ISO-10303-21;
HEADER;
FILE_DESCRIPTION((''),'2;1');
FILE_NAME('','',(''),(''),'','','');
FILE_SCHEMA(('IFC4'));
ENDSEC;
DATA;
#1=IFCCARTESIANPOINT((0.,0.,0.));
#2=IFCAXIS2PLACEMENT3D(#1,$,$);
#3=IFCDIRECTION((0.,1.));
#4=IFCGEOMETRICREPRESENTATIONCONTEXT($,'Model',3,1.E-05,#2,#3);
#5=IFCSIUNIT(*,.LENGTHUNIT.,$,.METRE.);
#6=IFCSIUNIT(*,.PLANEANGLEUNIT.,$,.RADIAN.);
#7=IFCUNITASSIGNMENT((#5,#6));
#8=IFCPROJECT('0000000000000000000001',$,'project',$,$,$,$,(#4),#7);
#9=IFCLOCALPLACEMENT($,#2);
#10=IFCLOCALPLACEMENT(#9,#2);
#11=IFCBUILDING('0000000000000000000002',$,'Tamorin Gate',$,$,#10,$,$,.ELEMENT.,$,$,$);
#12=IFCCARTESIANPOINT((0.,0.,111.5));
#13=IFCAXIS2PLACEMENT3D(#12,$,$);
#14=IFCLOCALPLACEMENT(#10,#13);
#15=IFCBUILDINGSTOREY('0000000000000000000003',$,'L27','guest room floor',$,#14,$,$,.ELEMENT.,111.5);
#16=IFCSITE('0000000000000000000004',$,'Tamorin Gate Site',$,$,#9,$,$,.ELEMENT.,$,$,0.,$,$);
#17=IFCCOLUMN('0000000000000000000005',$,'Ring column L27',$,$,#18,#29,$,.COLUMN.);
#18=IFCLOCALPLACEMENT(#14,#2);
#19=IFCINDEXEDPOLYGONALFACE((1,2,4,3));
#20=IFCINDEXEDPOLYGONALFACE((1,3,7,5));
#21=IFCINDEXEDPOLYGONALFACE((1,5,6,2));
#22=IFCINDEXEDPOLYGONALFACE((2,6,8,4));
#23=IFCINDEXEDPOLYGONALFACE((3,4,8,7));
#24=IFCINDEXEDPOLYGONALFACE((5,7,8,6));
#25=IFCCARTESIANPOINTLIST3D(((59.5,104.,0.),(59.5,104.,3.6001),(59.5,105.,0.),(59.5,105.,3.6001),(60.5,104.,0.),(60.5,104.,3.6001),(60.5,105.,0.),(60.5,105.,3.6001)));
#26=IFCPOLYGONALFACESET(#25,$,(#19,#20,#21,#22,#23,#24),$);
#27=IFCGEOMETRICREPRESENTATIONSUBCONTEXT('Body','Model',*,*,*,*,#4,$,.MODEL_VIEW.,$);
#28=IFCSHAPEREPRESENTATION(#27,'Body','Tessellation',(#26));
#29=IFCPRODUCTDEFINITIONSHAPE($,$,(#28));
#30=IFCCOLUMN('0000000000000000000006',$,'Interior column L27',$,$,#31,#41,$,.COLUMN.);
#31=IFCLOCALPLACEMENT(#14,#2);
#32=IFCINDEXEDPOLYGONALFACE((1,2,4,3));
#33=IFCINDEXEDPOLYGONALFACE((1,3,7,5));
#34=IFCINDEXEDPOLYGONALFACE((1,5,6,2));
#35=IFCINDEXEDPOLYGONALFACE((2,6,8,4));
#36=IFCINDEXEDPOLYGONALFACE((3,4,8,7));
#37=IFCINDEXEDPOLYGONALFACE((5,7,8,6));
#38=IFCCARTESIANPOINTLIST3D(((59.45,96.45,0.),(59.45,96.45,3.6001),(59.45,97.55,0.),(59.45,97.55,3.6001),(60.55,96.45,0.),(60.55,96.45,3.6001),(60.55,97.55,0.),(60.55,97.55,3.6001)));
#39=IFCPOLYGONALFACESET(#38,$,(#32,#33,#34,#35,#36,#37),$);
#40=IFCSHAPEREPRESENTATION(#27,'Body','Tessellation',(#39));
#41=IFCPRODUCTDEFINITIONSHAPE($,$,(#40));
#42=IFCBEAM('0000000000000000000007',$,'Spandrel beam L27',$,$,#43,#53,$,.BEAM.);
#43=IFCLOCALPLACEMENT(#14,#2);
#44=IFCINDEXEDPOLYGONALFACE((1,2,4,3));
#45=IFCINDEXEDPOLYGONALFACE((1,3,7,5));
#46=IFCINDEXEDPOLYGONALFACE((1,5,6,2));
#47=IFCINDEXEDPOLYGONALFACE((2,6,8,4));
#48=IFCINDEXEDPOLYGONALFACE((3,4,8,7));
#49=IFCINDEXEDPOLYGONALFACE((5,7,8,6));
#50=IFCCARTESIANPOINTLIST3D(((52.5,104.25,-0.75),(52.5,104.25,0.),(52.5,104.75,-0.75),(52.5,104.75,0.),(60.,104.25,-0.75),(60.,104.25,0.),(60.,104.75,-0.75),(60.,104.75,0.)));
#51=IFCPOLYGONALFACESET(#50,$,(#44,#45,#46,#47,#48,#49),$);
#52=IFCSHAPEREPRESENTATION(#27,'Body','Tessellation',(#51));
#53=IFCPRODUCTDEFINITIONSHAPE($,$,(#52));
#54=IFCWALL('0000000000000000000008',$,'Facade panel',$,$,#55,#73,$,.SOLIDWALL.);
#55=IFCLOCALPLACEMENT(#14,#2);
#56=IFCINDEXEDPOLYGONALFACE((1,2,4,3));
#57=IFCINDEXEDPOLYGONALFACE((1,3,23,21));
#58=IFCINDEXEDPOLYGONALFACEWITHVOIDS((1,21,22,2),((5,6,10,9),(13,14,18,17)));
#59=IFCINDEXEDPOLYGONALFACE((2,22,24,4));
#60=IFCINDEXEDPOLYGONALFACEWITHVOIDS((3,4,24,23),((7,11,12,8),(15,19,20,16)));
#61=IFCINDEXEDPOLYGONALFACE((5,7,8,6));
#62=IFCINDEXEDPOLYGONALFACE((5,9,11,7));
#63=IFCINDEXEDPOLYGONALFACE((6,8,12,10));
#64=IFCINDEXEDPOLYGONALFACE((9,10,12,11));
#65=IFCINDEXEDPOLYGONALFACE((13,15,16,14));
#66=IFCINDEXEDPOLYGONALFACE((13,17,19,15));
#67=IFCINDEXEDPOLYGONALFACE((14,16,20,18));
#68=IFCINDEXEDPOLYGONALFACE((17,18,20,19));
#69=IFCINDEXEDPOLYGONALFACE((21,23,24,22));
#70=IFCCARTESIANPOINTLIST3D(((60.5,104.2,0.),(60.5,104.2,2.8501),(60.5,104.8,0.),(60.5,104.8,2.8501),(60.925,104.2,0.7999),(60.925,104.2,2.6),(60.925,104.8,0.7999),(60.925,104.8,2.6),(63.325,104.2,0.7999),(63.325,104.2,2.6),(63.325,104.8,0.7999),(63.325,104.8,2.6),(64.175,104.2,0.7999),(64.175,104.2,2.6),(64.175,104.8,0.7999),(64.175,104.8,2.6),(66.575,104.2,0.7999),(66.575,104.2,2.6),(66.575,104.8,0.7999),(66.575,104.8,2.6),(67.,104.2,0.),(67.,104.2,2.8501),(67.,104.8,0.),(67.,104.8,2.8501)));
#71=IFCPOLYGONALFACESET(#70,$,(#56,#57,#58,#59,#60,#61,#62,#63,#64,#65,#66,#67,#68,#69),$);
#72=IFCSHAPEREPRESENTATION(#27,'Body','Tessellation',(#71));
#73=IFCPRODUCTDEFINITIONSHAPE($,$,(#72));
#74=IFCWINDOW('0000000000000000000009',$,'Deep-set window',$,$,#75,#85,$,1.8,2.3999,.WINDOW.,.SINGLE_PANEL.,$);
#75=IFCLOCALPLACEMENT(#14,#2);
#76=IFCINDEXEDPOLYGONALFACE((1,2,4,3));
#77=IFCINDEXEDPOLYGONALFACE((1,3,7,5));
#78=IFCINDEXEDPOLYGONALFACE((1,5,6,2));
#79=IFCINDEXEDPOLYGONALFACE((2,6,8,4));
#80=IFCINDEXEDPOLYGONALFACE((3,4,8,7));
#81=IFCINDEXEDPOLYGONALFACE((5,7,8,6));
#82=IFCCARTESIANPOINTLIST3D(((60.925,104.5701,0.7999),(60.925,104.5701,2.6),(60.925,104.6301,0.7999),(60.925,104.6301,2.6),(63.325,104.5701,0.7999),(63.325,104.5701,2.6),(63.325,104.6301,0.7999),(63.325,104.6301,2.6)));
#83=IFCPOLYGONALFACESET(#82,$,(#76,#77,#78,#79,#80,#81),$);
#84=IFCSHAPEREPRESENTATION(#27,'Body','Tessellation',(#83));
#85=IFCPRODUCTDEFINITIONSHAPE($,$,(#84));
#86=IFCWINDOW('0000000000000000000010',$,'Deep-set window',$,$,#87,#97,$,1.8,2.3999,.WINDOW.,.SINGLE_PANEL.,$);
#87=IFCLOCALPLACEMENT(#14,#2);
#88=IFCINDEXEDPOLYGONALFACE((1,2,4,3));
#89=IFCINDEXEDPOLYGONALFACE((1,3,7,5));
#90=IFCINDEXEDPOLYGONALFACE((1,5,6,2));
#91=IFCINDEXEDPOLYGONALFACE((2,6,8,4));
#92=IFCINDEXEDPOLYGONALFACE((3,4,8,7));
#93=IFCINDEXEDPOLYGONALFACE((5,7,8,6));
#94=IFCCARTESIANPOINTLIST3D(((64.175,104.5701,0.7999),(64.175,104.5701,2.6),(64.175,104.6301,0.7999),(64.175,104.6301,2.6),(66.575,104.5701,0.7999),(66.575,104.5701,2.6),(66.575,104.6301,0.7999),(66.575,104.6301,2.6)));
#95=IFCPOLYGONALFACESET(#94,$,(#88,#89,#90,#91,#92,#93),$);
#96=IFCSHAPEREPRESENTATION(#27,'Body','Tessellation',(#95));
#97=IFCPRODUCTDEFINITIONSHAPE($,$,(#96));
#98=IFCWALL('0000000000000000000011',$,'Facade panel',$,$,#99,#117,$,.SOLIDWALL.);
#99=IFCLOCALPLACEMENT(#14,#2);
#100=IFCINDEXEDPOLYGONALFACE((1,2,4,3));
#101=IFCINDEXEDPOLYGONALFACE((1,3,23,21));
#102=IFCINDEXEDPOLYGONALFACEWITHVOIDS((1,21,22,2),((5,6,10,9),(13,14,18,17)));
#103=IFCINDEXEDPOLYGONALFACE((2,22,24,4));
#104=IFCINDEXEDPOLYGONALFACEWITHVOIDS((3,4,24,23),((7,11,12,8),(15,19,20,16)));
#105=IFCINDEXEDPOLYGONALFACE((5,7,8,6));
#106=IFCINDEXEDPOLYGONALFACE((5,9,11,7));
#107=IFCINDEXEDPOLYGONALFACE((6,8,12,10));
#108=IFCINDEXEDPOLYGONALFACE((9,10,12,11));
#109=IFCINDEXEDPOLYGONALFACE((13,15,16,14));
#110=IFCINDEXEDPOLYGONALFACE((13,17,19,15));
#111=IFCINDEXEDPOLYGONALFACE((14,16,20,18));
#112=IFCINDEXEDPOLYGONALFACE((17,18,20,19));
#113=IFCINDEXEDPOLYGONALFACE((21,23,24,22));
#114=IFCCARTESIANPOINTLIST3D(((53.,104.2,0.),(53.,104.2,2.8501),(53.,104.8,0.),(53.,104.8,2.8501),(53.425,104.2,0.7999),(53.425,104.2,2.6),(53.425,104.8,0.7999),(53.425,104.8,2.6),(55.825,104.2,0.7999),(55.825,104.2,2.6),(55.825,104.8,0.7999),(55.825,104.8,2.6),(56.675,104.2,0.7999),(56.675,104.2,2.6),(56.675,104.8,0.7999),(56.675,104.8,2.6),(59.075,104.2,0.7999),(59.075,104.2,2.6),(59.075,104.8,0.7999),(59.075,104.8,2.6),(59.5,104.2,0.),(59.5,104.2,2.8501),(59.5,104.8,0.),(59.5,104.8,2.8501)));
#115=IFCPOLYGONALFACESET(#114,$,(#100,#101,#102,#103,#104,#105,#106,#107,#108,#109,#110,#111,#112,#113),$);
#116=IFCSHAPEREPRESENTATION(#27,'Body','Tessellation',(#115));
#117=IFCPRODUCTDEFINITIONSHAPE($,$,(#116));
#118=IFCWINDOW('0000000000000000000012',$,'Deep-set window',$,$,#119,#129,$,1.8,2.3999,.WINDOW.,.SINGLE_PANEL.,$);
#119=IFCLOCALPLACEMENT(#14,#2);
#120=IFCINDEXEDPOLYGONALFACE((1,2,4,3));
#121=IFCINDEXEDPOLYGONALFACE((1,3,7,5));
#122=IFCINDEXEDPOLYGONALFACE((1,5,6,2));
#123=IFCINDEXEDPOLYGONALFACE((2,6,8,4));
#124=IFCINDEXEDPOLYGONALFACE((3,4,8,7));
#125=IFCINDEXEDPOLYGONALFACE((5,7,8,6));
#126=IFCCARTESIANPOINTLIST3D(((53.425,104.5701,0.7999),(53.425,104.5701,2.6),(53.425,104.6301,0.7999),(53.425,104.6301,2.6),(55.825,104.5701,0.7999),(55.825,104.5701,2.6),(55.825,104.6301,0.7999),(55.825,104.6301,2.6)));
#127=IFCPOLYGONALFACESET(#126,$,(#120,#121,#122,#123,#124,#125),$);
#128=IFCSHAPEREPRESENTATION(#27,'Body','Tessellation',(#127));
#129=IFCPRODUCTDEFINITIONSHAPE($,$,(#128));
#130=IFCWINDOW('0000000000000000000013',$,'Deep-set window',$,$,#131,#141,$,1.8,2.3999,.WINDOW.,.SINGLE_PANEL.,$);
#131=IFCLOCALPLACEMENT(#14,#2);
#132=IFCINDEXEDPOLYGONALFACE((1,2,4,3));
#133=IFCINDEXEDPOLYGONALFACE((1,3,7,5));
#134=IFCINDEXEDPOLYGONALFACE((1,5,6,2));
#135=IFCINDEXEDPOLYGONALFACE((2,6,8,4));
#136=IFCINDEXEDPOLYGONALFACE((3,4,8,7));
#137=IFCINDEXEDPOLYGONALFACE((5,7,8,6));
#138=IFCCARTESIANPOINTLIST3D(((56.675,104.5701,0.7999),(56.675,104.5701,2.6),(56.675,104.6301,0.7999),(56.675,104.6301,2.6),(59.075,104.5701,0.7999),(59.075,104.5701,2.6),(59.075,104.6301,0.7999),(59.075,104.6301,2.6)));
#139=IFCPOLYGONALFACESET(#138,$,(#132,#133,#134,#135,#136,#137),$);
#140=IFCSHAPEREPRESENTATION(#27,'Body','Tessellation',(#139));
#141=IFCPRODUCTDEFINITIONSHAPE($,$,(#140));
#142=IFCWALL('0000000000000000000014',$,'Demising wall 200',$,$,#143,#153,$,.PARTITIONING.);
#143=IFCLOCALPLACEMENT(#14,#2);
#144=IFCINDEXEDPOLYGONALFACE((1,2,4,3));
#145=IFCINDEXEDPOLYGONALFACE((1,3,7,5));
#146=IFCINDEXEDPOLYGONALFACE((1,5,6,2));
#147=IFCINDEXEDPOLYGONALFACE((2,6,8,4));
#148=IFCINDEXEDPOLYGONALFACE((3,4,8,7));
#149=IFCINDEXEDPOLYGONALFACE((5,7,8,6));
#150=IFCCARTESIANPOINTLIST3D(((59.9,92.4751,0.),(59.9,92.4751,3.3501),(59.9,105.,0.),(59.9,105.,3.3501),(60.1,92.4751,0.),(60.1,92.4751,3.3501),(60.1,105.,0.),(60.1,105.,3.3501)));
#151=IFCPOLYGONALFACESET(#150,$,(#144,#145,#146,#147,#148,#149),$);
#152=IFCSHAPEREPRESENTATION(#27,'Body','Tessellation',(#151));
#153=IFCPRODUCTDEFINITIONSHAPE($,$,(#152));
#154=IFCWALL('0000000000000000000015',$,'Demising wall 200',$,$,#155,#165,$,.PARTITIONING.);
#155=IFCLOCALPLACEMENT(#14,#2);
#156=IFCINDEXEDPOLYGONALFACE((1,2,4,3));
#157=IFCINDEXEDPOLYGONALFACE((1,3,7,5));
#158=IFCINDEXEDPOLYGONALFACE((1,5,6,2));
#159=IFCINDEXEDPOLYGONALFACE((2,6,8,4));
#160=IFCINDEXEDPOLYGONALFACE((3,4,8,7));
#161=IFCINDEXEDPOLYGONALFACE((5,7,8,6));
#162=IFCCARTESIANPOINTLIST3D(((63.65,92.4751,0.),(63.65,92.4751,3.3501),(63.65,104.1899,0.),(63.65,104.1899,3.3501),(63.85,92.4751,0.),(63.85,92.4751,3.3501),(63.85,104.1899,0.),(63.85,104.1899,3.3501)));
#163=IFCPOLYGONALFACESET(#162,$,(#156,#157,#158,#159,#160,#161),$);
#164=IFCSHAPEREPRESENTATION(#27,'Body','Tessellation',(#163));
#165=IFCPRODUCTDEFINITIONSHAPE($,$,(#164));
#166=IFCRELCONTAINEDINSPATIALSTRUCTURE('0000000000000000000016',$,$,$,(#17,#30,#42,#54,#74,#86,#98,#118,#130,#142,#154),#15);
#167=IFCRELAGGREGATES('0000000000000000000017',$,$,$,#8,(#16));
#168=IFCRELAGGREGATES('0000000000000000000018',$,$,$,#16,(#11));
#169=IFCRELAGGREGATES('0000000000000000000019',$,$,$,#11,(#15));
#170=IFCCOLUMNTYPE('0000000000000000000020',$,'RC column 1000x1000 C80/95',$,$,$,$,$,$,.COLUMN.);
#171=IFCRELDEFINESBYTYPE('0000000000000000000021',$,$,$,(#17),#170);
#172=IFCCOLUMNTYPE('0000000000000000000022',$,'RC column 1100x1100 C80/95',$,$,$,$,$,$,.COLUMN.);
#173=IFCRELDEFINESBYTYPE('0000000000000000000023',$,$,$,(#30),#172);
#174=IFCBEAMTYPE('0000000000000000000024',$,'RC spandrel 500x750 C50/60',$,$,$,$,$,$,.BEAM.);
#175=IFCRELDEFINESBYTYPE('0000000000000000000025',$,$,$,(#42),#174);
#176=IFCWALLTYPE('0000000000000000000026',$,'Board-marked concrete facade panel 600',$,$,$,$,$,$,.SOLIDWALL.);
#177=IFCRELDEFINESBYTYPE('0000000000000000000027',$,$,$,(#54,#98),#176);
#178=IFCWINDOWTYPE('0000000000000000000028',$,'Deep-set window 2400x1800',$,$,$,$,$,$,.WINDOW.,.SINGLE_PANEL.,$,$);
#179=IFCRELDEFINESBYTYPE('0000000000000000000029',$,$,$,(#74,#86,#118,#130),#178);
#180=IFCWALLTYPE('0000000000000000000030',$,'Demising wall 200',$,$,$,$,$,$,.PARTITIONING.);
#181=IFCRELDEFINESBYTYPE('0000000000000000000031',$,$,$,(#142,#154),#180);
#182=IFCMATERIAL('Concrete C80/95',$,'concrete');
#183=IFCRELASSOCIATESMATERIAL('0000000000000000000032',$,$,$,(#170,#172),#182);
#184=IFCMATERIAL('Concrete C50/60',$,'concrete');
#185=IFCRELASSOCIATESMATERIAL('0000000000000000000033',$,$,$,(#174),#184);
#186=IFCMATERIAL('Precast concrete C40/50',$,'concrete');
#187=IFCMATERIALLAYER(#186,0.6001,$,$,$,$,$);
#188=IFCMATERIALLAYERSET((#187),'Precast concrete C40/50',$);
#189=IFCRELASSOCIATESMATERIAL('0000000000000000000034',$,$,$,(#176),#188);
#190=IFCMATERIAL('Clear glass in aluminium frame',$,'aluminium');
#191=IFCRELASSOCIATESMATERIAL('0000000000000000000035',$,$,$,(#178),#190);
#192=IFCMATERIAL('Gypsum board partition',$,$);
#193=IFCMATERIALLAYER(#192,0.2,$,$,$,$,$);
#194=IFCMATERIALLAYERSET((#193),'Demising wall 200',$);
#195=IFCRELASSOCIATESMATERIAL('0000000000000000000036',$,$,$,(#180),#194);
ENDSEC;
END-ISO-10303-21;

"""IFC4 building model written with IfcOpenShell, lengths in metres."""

from ifc_helpers import new_model, si_unit, direction, frame, frame_2d, origin, origin_2d, place, context, subcontext, project, spatial, rectangle, extrude, material, layer, layer_set, material_profile, profile_set, type_object, element, fill, save


model = new_model("IFC4")

# Units and contexts
model_context = context("Model", 3, precision=1e-05, world=origin(), true_north=direction((0.0, 1.0)))
body_context = subcontext(model_context, "Body", "Model", "MODEL_VIEW")
ifc_project = project(units=[si_unit("LENGTHUNIT", "METRE"), si_unit("PLANEANGLEUNIT", "RADIAN")], contexts=[model_context])

# Site, building, storey
site_placement = place(None, origin())
site = spatial("IfcSite", under=ifc_project, at=site_placement, Name="Tamorin Gate Site", CompositionType="ELEMENT", RefElevation=0.0)
building_placement = place(site_placement, origin())
building = spatial("IfcBuilding", under=site, at=building_placement, Name="Tamorin Gate", CompositionType="ELEMENT")
storey_placement = place(building_placement, frame((0.0, 0.0, 111.5)))
storey = spatial("IfcBuildingStorey", under=building, at=storey_placement, Name="L27", Description="guest room floor", CompositionType="ELEMENT", Elevation=111.5)

# Columns
ifc_material_1 = material(Name="Concrete C80/95", Category="concrete")
ifc_material_profile_1 = material_profile(ifc_material_1, rectangle(XDim=1.0, YDim=1.0, at=origin_2d()), Name="RC 1000x1000")
ifc_profile_set_1 = profile_set([ifc_material_profile_1], Name="Concrete C80/95")
column_type_1 = type_object("IfcColumnType", Name="RC column 1000x1000 C80/95", PredefinedType="COLUMN", material=ifc_profile_set_1)
column_1_placement = place(storey_placement, frame((60.0, 104.5, 0.0), z_axis=(0.0, 0.0, 1.0), x_axis=(1.0, 0.0, 0.0)))
element("IfcColumn", 1, at=column_1_placement, inside=storey, type_object=column_type_1, Name="Ring column L27", PredefinedType="COLUMN", context=body_context, shape_type="SweptSolid", body=[
    extrude(rectangle(XDim=1.0, YDim=1.0, at=origin_2d()), origin(), (0.0, 0.0, 1.0), 3.6001),
])
ifc_material_profile_2 = material_profile(ifc_material_1, rectangle(XDim=1.1001, YDim=1.1001, at=origin_2d()), Name="RC 1100x1100")
ifc_profile_set_2 = profile_set([ifc_material_profile_2], Name="Concrete C80/95")
column_type_2 = type_object("IfcColumnType", Name="RC column 1100x1100 C80/95", PredefinedType="COLUMN", material=ifc_profile_set_2)
column_2_placement = place(storey_placement, frame((60.0, 97.0, 0.0), z_axis=(0.0, 0.0, 1.0), x_axis=(1.0, 0.0, 0.0)))
element("IfcColumn", 2, at=column_2_placement, inside=storey, type_object=column_type_2, Name="Interior column L27", PredefinedType="COLUMN", context=body_context, shape_type="SweptSolid", body=[
    extrude(rectangle(XDim=1.1001, YDim=1.1001, at=origin_2d()), origin(), (0.0, 0.0, 1.0), 3.6001),
])

# Beam
ifc_material_2 = material(Name="Concrete C50/60", Category="concrete")
ifc_material_profile_3 = material_profile(ifc_material_2, rectangle(XDim=0.5, YDim=0.75, at=origin_2d()), Name="RC 500x750")
ifc_profile_set_3 = profile_set([ifc_material_profile_3], Name="Concrete C50/60")
beam_type = type_object("IfcBeamType", Name="RC spandrel 500x750 C50/60", PredefinedType="BEAM", material=ifc_profile_set_3)
beam_placement = place(storey_placement, frame((60.0, 104.5, -0.375), z_axis=(-1.0, 0.0, 0.0), x_axis=(0.0, -1.0, 0.0)))
element("IfcBeam", 3, at=beam_placement, inside=storey, type_object=beam_type, Name="Spandrel beam L27", PredefinedType="BEAM", context=body_context, shape_type="SweptSolid", body=[
    extrude(rectangle(XDim=0.5, YDim=0.75, at=origin_2d()), origin(), (0.0, 0.0, 1.0), 7.5),
])

# Walls, openings, windows
ifc_material_3 = material(Name="Precast concrete C40/50", Category="concrete")
ifc_layer_1 = layer(ifc_material_3, 0.6001)
ifc_layer_set_1 = layer_set([ifc_layer_1], Name="Precast concrete C40/50")
wall_type_1 = type_object("IfcWallType", Name="Board-marked concrete facade panel 600", PredefinedType="SOLIDWALL", material=ifc_layer_set_1)
wall_1_placement = place(storey_placement, frame((67.0, 104.5, 0.0), z_axis=(0.0, 0.0, 1.0), x_axis=(-1.0, 0.0, 0.0)))
wall_1 = element("IfcWall", 4, at=wall_1_placement, inside=storey, type_object=wall_type_1, Name="Facade panel", PredefinedType="SOLIDWALL", context=body_context, shape_type="SweptSolid", body=[
    extrude(rectangle(XDim=6.5, YDim=0.6001, at=frame_2d((3.25, 0.0))), origin(), (0.0, 0.0, 1.0), 2.8501),
])
opening_1_placement = place(wall_1_placement, frame((3.675, 0.0, 0.8)))
opening_1 = element("IfcOpeningElement", 5, at=opening_1_placement, cuts=wall_1, PredefinedType="OPENING", context=body_context, shape_type="SweptSolid", body=[
    extrude(rectangle(XDim=2.3999, YDim=1.8, at=frame_2d((1.2, 0.8999))), frame((0.0, 0.3101, 0.0), z_axis=(0.0, -1.0, 0.0), x_axis=(1.0, 0.0, 0.0)), (0.0, 0.0, 1.0), 0.6201),
])
opening_2_placement = place(wall_1_placement, frame((0.425, 0.0, 0.8)))
opening_2 = element("IfcOpeningElement", 6, at=opening_2_placement, cuts=wall_1, PredefinedType="OPENING", context=body_context, shape_type="SweptSolid", body=[
    extrude(rectangle(XDim=2.3999, YDim=1.8, at=frame_2d((1.2, 0.8999))), frame((0.0, 0.3101, 0.0), z_axis=(0.0, -1.0, 0.0), x_axis=(1.0, 0.0, 0.0)), (0.0, 0.0, 1.0), 0.6201),
])
ifc_material_4 = material(Name="Clear glass in aluminium frame", Category="aluminium")
window_type = type_object("IfcWindowType", Name="Deep-set window 2400x1800", PartitioningType="SINGLE_PANEL", PredefinedType="WINDOW", material=ifc_material_4)
window_1_placement = place(opening_1_placement, origin())
window_1 = element("IfcWindow", 7, at=window_1_placement, inside=storey, type_object=window_type, Name="Deep-set window", OverallHeight=1.8, OverallWidth=2.3999, PartitioningType="SINGLE_PANEL", PredefinedType="WINDOW", context=body_context, shape_type="SweptSolid", body=[
    extrude(rectangle(XDim=2.3999, YDim=1.8, at=frame_2d((1.2, 0.8999))), frame((0.0, -0.0701, 0.0), z_axis=(0.0, -1.0, 0.0), x_axis=(1.0, 0.0, 0.0)), (0.0, 0.0, 1.0), 0.0601),
])
fill(opening_1, window_1)
window_2_placement = place(opening_2_placement, origin())
window_2 = element("IfcWindow", 8, at=window_2_placement, inside=storey, type_object=window_type, Name="Deep-set window", OverallHeight=1.8, OverallWidth=2.3999, PartitioningType="SINGLE_PANEL", PredefinedType="WINDOW", context=body_context, shape_type="SweptSolid", body=[
    extrude(rectangle(XDim=2.3999, YDim=1.8, at=frame_2d((1.2, 0.8999))), frame((0.0, -0.0701, 0.0), z_axis=(0.0, -1.0, 0.0), x_axis=(1.0, 0.0, 0.0)), (0.0, 0.0, 1.0), 0.0601),
])
fill(opening_2, window_2)
wall_2_placement = place(storey_placement, frame((59.5, 104.5, 0.0), z_axis=(0.0, 0.0, 1.0), x_axis=(-1.0, 0.0, 0.0)))
wall_2 = element("IfcWall", 9, at=wall_2_placement, inside=storey, type_object=wall_type_1, Name="Facade panel", PredefinedType="SOLIDWALL", context=body_context, shape_type="SweptSolid", body=[
    extrude(rectangle(XDim=6.5, YDim=0.6001, at=frame_2d((3.25, 0.0))), origin(), (0.0, 0.0, 1.0), 2.8501),
])
opening_3_placement = place(wall_2_placement, frame((3.675, 0.0, 0.8)))
opening_3 = element("IfcOpeningElement", 10, at=opening_3_placement, cuts=wall_2, PredefinedType="OPENING", context=body_context, shape_type="SweptSolid", body=[
    extrude(rectangle(XDim=2.3999, YDim=1.8, at=frame_2d((1.2, 0.8999))), frame((0.0, 0.3101, 0.0), z_axis=(0.0, -1.0, 0.0), x_axis=(1.0, 0.0, 0.0)), (0.0, 0.0, 1.0), 0.6201),
])
opening_4_placement = place(wall_2_placement, frame((0.425, 0.0, 0.8)))
opening_4 = element("IfcOpeningElement", 11, at=opening_4_placement, cuts=wall_2, PredefinedType="OPENING", context=body_context, shape_type="SweptSolid", body=[
    extrude(rectangle(XDim=2.3999, YDim=1.8, at=frame_2d((1.2, 0.8999))), frame((0.0, 0.3101, 0.0), z_axis=(0.0, -1.0, 0.0), x_axis=(1.0, 0.0, 0.0)), (0.0, 0.0, 1.0), 0.6201),
])
window_3_placement = place(opening_3_placement, origin())
window_3 = element("IfcWindow", 12, at=window_3_placement, inside=storey, type_object=window_type, Name="Deep-set window", OverallHeight=1.8, OverallWidth=2.3999, PartitioningType="SINGLE_PANEL", PredefinedType="WINDOW", context=body_context, shape_type="SweptSolid", body=[
    extrude(rectangle(XDim=2.3999, YDim=1.8, at=frame_2d((1.2, 0.8999))), frame((0.0, -0.0701, 0.0), z_axis=(0.0, -1.0, 0.0), x_axis=(1.0, 0.0, 0.0)), (0.0, 0.0, 1.0), 0.0601),
])
fill(opening_3, window_3)
window_4_placement = place(opening_4_placement, origin())
window_4 = element("IfcWindow", 13, at=window_4_placement, inside=storey, type_object=window_type, Name="Deep-set window", OverallHeight=1.8, OverallWidth=2.3999, PartitioningType="SINGLE_PANEL", PredefinedType="WINDOW", context=body_context, shape_type="SweptSolid", body=[
    extrude(rectangle(XDim=2.3999, YDim=1.8, at=frame_2d((1.2, 0.8999))), frame((0.0, -0.0701, 0.0), z_axis=(0.0, -1.0, 0.0), x_axis=(1.0, 0.0, 0.0)), (0.0, 0.0, 1.0), 0.0601),
])
fill(opening_4, window_4)

# Walls
ifc_material_5 = material(Name="Gypsum board partition")
ifc_layer_2 = layer(ifc_material_5, 0.2)
ifc_layer_set_2 = layer_set([ifc_layer_2], Name="Demising wall 200")
wall_type_2 = type_object("IfcWallType", Name="Demising wall 200", PredefinedType="PARTITIONING", material=ifc_layer_set_2)
wall_3_placement = place(storey_placement, frame((60.0, 92.4751, 0.0), z_axis=(0.0, 0.0, 1.0), x_axis=(0.0, 1.0, 0.0)))
element("IfcWall", 14, at=wall_3_placement, inside=storey, type_object=wall_type_2, Name="Demising wall 200", PredefinedType="PARTITIONING", context=body_context, shape_type="SweptSolid", body=[
    extrude(rectangle(XDim=12.5249, YDim=0.2, at=frame_2d((6.2625, 0.0))), origin(), (0.0, 0.0, 1.0), 3.3501),
])
wall_4_placement = place(storey_placement, frame((63.75, 92.4751, 0.0), z_axis=(0.0, 0.0, 1.0), x_axis=(0.0, 1.0, 0.0)))
element("IfcWall", 15, at=wall_4_placement, inside=storey, type_object=wall_type_2, Name="Demising wall 200", PredefinedType="PARTITIONING", context=body_context, shape_type="SweptSolid", body=[
    extrude(rectangle(XDim=11.7148, YDim=0.2, at=frame_2d((5.8574, 0.0))), origin(), (0.0, 0.0, 1.0), 3.3501),
])

save(model, "model.ifc")
